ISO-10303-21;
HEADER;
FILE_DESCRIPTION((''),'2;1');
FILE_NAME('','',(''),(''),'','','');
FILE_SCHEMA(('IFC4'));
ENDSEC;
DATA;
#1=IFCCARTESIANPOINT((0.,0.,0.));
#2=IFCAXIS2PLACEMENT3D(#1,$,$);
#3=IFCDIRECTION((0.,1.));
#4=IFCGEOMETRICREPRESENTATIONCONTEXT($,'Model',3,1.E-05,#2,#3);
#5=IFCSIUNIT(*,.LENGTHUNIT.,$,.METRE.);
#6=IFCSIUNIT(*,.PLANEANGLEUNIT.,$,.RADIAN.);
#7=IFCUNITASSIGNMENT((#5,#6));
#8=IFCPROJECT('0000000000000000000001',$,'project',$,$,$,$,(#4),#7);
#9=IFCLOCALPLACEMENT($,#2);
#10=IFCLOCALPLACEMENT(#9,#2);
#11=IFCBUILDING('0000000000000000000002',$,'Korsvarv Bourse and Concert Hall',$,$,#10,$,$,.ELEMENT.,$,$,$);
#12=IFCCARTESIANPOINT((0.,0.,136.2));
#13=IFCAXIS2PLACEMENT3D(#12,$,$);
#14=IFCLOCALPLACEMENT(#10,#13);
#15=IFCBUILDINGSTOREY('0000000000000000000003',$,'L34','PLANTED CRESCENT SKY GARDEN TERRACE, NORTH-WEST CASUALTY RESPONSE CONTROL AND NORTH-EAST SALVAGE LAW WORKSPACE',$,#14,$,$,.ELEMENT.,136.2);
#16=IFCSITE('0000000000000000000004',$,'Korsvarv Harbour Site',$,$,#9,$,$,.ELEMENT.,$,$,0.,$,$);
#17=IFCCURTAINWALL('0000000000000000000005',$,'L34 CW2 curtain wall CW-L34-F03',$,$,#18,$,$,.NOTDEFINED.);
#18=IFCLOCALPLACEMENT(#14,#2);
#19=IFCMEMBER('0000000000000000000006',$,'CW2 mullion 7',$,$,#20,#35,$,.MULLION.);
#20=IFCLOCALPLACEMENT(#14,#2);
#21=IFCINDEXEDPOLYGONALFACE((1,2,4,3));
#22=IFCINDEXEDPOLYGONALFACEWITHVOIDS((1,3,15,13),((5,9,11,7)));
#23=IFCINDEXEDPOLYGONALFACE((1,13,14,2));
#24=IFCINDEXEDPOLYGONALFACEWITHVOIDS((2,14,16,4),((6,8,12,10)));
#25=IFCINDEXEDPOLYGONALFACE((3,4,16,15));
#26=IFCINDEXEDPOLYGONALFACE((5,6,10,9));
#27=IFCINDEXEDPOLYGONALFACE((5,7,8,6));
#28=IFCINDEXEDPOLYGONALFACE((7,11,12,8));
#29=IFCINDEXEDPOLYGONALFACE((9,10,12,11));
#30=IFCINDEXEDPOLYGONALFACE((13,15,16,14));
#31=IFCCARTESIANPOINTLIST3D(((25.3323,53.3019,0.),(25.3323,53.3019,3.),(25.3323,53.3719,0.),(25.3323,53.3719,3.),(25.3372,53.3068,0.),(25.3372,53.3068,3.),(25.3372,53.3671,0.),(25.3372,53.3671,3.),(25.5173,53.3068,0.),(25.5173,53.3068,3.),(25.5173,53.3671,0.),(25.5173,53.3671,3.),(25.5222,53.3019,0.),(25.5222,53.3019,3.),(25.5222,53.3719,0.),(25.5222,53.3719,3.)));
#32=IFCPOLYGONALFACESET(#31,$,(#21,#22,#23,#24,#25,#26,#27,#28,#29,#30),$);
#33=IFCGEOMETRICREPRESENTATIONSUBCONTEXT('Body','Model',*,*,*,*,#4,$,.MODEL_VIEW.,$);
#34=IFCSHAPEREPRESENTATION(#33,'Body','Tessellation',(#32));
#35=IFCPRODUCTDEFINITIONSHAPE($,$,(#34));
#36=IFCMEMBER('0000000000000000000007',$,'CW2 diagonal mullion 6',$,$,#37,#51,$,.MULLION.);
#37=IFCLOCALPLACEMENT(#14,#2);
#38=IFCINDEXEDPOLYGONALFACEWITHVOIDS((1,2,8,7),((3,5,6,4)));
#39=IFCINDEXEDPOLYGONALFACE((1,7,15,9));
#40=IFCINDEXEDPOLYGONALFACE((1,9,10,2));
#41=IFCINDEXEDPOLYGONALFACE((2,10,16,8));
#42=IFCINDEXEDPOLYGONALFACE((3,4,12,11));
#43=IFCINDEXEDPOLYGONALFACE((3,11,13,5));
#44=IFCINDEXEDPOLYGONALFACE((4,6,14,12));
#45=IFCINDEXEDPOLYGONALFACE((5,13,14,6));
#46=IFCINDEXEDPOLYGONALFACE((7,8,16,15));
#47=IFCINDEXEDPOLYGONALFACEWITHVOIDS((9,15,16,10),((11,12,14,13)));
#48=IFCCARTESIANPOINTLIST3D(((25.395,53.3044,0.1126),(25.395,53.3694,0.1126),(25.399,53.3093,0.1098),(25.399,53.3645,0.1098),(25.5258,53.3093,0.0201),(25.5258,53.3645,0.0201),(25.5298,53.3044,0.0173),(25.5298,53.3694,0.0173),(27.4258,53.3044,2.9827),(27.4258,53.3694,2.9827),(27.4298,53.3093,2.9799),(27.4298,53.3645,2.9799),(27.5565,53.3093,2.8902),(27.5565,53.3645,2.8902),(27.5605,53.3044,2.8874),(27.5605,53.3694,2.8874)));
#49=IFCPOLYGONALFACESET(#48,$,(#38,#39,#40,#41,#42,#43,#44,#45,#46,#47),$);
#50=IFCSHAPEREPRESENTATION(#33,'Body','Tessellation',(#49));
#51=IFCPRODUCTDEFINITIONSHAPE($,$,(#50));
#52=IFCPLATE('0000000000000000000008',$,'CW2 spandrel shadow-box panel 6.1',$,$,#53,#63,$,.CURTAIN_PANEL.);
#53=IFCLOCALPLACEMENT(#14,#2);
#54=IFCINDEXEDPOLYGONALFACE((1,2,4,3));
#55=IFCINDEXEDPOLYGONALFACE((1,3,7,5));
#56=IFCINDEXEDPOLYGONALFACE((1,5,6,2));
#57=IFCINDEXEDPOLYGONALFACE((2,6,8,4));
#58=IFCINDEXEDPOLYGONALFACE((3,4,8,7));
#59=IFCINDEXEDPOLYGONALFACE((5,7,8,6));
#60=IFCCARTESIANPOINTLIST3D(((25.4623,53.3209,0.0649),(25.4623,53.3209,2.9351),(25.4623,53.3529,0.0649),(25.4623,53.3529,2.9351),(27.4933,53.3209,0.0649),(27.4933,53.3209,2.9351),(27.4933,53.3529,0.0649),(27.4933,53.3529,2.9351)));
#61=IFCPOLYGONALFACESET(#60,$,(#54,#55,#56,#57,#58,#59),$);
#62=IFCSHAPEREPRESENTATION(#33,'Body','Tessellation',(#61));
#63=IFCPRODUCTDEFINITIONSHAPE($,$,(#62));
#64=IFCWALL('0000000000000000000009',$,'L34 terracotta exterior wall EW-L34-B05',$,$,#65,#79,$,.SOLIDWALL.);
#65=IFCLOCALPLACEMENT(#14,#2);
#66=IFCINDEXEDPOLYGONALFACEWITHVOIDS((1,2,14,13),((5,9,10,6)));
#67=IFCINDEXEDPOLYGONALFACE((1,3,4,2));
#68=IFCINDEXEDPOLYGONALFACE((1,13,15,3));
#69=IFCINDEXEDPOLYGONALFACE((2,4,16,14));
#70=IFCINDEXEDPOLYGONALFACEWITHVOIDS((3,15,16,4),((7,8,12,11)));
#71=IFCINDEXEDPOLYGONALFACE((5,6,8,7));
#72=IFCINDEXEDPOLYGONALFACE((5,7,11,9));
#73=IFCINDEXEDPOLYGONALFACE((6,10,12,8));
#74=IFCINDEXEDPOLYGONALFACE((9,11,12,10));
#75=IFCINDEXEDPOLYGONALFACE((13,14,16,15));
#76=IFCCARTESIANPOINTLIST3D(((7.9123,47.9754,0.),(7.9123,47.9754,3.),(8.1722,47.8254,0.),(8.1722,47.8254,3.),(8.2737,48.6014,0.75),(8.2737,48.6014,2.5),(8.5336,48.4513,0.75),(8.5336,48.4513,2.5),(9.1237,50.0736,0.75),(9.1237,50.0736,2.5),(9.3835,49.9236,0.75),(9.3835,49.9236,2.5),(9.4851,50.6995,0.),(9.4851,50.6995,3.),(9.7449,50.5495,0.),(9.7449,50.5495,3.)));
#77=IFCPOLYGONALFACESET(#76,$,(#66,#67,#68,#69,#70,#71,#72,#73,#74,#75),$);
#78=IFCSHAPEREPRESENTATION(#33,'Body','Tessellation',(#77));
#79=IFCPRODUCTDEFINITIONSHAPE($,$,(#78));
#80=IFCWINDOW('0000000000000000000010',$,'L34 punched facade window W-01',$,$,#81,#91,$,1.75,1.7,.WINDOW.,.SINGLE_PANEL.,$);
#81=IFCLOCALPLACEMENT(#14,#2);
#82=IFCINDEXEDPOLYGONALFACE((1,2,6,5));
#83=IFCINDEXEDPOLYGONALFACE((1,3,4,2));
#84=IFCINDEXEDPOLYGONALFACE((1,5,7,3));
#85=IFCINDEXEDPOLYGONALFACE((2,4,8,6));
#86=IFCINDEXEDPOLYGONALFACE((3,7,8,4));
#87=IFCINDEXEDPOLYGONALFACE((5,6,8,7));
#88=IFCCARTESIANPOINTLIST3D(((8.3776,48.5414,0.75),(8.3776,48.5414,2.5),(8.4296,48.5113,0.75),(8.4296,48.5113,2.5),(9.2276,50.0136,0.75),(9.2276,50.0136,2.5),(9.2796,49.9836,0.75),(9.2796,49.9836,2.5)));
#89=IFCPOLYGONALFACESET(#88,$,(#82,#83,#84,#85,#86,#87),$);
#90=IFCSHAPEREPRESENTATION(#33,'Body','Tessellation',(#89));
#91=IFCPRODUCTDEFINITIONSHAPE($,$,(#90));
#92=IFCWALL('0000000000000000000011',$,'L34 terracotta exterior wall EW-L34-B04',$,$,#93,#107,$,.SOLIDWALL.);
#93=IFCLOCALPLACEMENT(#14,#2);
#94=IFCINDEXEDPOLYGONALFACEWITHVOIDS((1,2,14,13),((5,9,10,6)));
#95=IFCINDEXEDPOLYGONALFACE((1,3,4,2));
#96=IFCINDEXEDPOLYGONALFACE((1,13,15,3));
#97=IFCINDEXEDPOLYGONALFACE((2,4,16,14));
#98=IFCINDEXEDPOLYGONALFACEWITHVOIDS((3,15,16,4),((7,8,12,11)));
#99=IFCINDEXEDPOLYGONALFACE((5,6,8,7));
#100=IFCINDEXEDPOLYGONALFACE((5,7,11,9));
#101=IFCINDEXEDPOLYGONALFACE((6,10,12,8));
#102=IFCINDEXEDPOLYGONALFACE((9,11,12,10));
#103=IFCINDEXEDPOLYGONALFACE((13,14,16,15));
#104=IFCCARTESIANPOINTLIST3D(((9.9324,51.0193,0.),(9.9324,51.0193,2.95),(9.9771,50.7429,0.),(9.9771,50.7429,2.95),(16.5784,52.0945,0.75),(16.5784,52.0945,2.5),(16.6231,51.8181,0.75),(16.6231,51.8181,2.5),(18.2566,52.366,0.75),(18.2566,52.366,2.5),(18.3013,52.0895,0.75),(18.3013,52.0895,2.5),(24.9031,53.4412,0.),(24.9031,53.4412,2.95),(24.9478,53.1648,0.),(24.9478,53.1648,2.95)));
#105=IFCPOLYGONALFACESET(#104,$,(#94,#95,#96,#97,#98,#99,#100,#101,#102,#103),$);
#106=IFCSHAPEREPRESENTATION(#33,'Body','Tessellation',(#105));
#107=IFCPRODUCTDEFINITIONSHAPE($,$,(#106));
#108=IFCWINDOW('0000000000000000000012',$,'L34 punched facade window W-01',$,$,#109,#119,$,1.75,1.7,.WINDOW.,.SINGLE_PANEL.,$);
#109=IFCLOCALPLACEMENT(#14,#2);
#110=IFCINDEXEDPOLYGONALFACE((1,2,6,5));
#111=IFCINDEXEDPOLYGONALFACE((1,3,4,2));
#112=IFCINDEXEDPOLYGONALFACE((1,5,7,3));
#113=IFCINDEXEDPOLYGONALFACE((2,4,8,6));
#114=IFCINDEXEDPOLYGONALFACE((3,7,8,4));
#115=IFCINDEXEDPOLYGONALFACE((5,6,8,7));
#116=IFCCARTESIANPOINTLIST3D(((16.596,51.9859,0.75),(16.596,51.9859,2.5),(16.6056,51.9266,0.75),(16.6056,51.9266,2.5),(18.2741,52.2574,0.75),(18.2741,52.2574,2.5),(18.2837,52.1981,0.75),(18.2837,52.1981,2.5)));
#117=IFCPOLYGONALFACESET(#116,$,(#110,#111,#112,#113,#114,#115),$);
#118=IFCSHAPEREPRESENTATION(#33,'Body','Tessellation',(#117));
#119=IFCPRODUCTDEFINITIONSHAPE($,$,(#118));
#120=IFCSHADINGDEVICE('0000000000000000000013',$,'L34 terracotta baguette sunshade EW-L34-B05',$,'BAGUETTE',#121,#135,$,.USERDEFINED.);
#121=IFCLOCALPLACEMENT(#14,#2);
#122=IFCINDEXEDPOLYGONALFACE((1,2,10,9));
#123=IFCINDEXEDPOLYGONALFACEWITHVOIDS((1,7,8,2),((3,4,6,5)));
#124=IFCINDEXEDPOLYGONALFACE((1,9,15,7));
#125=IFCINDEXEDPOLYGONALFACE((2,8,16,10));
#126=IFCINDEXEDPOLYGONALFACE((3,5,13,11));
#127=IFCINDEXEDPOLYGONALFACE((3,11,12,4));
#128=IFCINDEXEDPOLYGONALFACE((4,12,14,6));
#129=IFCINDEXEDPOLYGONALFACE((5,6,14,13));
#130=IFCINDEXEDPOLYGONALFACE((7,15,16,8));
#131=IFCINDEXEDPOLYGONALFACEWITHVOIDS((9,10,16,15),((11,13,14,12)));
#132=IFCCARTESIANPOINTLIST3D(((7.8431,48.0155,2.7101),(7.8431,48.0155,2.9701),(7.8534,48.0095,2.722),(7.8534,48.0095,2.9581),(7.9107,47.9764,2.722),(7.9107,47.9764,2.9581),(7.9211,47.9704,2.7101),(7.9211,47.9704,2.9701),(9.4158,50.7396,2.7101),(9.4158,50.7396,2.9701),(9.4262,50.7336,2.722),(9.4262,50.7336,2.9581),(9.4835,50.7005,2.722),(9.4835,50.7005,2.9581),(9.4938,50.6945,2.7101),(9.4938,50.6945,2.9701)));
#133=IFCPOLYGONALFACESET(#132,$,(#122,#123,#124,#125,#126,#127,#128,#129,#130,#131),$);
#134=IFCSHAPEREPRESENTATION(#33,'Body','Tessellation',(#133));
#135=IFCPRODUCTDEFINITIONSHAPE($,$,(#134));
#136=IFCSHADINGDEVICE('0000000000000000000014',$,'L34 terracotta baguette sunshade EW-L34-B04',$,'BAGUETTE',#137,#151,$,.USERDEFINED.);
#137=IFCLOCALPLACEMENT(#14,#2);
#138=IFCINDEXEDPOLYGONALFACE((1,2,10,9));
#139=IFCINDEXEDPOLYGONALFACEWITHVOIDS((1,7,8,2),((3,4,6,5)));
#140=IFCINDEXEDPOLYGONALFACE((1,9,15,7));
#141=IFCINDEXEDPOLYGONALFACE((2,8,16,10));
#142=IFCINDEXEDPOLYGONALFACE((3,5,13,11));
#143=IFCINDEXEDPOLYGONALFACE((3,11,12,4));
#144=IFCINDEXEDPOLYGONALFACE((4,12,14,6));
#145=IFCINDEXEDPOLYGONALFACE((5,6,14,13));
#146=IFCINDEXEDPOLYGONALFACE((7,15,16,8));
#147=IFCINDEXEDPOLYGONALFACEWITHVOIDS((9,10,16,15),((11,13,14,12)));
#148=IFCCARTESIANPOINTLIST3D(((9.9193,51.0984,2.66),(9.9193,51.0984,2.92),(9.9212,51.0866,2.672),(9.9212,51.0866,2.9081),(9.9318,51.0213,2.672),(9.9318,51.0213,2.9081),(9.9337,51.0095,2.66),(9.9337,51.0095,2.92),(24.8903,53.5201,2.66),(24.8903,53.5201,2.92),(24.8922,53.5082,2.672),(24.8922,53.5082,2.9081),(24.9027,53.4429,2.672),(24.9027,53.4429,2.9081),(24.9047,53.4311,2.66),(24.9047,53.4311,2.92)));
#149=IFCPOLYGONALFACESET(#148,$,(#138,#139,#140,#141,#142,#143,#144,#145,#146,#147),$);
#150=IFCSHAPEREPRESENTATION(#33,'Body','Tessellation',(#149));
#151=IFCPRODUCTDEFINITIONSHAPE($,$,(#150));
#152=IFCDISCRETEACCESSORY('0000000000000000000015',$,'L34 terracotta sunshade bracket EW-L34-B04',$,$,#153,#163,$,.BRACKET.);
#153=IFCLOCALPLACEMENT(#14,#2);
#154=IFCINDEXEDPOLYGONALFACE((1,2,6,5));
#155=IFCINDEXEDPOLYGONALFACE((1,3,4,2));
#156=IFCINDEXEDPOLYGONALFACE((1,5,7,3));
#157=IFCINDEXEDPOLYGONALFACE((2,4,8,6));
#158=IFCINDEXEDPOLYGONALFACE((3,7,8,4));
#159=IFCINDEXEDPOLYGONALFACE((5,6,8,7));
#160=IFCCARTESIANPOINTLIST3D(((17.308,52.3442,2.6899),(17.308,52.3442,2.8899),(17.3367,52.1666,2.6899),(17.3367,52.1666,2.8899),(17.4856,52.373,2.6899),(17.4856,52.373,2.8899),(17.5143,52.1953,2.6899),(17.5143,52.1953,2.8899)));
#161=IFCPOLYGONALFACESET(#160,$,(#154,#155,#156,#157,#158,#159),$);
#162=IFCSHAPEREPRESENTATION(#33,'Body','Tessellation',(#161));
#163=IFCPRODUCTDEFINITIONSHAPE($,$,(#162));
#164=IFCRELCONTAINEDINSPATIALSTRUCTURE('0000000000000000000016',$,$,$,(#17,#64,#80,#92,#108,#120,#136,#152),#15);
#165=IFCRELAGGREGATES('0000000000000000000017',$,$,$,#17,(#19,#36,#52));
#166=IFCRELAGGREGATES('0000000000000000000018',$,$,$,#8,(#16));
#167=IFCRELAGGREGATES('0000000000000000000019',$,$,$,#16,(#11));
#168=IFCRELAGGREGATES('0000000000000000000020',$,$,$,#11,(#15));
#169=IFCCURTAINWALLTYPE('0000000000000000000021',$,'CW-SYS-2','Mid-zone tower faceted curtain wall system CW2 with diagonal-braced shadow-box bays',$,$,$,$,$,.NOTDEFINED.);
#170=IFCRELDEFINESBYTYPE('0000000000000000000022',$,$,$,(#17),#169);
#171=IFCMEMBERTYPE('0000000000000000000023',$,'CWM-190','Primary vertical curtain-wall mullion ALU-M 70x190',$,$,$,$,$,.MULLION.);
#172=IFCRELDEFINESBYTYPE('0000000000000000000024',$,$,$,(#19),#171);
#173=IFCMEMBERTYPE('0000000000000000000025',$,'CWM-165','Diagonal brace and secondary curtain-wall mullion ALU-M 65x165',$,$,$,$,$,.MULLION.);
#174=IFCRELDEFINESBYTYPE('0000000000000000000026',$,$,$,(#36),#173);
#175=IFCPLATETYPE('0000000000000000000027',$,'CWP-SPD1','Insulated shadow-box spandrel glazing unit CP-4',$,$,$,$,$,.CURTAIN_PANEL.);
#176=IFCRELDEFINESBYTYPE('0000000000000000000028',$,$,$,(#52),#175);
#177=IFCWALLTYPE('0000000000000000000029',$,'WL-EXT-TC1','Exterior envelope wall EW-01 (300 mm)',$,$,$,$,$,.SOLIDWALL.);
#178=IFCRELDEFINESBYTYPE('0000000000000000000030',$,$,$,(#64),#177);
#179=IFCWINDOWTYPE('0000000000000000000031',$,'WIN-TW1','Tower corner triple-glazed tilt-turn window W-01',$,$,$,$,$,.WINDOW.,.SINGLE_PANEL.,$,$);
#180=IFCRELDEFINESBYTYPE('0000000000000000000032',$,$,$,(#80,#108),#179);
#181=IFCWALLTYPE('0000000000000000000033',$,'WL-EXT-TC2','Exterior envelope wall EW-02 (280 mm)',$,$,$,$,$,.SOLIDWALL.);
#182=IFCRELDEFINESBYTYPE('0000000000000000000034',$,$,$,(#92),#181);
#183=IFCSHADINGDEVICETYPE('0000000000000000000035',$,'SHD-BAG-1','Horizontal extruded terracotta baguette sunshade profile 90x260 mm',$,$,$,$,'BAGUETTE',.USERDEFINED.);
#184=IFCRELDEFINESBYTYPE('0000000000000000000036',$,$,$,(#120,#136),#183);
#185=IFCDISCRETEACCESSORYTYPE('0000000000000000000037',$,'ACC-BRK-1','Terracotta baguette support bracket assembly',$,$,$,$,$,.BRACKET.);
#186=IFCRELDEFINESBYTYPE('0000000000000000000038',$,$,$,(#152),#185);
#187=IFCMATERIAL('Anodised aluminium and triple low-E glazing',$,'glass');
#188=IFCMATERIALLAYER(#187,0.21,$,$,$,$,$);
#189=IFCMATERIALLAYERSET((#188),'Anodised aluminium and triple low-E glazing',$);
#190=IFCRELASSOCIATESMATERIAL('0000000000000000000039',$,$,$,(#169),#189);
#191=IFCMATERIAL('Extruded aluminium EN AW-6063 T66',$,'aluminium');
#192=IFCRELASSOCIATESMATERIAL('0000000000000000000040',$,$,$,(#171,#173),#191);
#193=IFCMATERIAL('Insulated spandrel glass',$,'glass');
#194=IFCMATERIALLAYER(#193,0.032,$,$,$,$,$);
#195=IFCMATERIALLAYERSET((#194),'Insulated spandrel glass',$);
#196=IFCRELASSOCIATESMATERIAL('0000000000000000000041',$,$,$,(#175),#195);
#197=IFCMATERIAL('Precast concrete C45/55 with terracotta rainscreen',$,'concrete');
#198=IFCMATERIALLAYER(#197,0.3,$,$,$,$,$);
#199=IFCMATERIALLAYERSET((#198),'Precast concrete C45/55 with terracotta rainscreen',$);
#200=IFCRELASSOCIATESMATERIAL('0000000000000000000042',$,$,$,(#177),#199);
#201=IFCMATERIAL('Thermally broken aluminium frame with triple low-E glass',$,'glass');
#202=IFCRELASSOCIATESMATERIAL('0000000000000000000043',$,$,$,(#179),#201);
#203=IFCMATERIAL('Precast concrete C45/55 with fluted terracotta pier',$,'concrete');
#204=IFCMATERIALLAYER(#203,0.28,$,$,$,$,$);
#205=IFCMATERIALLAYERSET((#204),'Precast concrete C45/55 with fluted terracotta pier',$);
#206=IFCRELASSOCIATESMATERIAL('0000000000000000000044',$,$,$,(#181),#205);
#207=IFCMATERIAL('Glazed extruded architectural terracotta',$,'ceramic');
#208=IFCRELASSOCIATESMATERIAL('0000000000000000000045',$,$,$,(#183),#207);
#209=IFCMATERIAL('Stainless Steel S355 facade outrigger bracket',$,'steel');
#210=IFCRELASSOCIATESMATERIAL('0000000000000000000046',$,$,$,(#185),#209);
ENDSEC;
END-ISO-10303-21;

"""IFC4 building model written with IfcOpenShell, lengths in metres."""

from ifc_helpers import new_model, si_unit, direction, frame, frame_2d, origin, origin_2d, place, context, subcontext, project, spatial, rectangle, hollow_rectangle, extrude, source, transform, mapped, material, layer, layer_set, material_profile, profile_set, type_object, element, fill, aggregate, save


model = new_model("IFC4")

# Units and contexts
model_context = context("Model", 3, precision=1e-05, world=origin(), true_north=direction((0.0, 1.0)))
body_context = subcontext(model_context, "Body", "Model", "MODEL_VIEW")
ifc_project = project(units=[si_unit("LENGTHUNIT", "METRE"), si_unit("PLANEANGLEUNIT", "RADIAN")], contexts=[model_context])

# Site, building, storey
site_placement = place(None, origin())
site = spatial("IfcSite", under=ifc_project, at=site_placement, Name="Korsvarv Harbour Site", CompositionType="ELEMENT", RefElevation=0.0)
building_placement = place(site_placement, origin())
building = spatial("IfcBuilding", under=site, at=building_placement, Name="Korsvarv Bourse and Concert Hall", CompositionType="ELEMENT")
storey_placement = place(building_placement, frame((0.0, 0.0, 136.2)))
storey = spatial("IfcBuildingStorey", under=building, at=storey_placement, Name="L34", Description="PLANTED CRESCENT SKY GARDEN TERRACE, NORTH-WEST CASUALTY RESPONSE CONTROL AND NORTH-EAST SALVAGE LAW WORKSPACE", CompositionType="ELEMENT", Elevation=136.2)

# Curtain wall, members, plate
ifc_material_1 = material(Name="Anodised aluminium and triple low-E glazing", Category="glass")
ifc_layer_1 = layer(ifc_material_1, 0.21)
ifc_layer_set_1 = layer_set([ifc_layer_1], Name="Anodised aluminium and triple low-E glazing")
curtain_wall_type = type_object("IfcCurtainWallType", Name="CW-SYS-2", Description="Mid-zone tower faceted curtain wall system CW2 with diagonal-braced shadow-box bays", PredefinedType="NOTDEFINED", material=ifc_layer_set_1)
curtain_wall_placement = place(storey_placement, origin())
curtain_wall = element("IfcCurtainWall", 1, at=curtain_wall_placement, inside=storey, type_object=curtain_wall_type, Name="L34 CW2 curtain wall CW-L34-F03", PredefinedType="NOTDEFINED")
ifc_material_2 = material(Name="Extruded aluminium EN AW-6063 T66", Category="aluminium")
ifc_material_profile_1 = material_profile(ifc_material_2, hollow_rectangle(XDim=0.0701, YDim=0.1899, WallThickness=0.0049, at=origin_2d()), Name="ALU-M 70x190")
ifc_profile_set_1 = profile_set([ifc_material_profile_1], Name="Extruded aluminium EN AW-6063 T66")
member_type_1 = type_object("IfcMemberType", Name="CWM-190", Description="Primary vertical curtain-wall mullion ALU-M 70x190", PredefinedType="MULLION", material=ifc_profile_set_1)
shared_shape_1 = source(origin(), body_context, "Body", "SweptSolid", [
    extrude(hollow_rectangle(XDim=0.0701, YDim=0.1899, WallThickness=0.0049, at=origin_2d()), origin(), (0.0, 0.0, 1.0), 3.0),
])
member_1_placement = place(storey_placement, frame((25.4272, 53.3369, 0.0), z_axis=(0.0, 0.0, 1.0), x_axis=(0.0, -1.0, 0.0)))
member_1 = element("IfcMember", 2, at=member_1_placement, type_object=member_type_1, Name="CW2 mullion 7", PredefinedType="MULLION", context=body_context, shape_type="MappedRepresentation", body=[
    mapped(shared_shape_1, transform((0.0, 0.0, 0.0), scale=1.0)),
])
ifc_material_profile_2 = material_profile(ifc_material_2, hollow_rectangle(XDim=0.0649, YDim=0.165, WallThickness=0.0049, at=origin_2d()), Name="ALU-M 65x165")
ifc_profile_set_2 = profile_set([ifc_material_profile_2], Name="Extruded aluminium EN AW-6063 T66")
member_type_2 = type_object("IfcMemberType", Name="CWM-165", Description="Diagonal brace and secondary curtain-wall mullion ALU-M 65x165", PredefinedType="MULLION", material=ifc_profile_set_2)
shared_shape_2 = source(origin(), body_context, "Body", "SweptSolid", [
    extrude(hollow_rectangle(XDim=0.0649, YDim=0.165, WallThickness=0.0049, at=origin_2d()), origin(), (0.0, 0.0, 1.0), 3.5159),
])
member_2_placement = place(storey_placement, frame((25.4624, 53.3369, 0.0649), z_axis=(0.577593, 0.0, 0.816325), x_axis=(0.0, 1.0, 0.0)))
member_2 = element("IfcMember", 3, at=member_2_placement, type_object=member_type_2, Name="CW2 diagonal mullion 6", PredefinedType="MULLION", context=body_context, shape_type="MappedRepresentation", body=[
    mapped(shared_shape_2, transform((0.0, 0.0, 0.0), scale=1.0)),
])
ifc_material_3 = material(Name="Insulated spandrel glass", Category="glass")
ifc_layer_2 = layer(ifc_material_3, 0.032)
ifc_layer_set_2 = layer_set([ifc_layer_2], Name="Insulated spandrel glass")
plate_type = type_object("IfcPlateType", Name="CWP-SPD1", Description="Insulated shadow-box spandrel glazing unit CP-4", PredefinedType="CURTAIN_PANEL", material=ifc_layer_set_2)
shared_shape_3 = source(origin(), body_context, "Body", "SweptSolid", [
    extrude(rectangle(XDim=2.031, YDim=0.032, at=origin_2d()), origin(), (0.0, 0.0, 1.0), 2.8701),
])
plate_placement = place(storey_placement, frame((26.4778, 53.3369, 0.0649), z_axis=(0.0, 0.0, 1.0), x_axis=(-1.0, 0.0, 0.0)))
plate = element("IfcPlate", 4, at=plate_placement, type_object=plate_type, Name="CW2 spandrel shadow-box panel 6.1", PredefinedType="CURTAIN_PANEL", context=body_context, shape_type="MappedRepresentation", body=[
    mapped(shared_shape_3, transform((0.0, 0.0, 0.0), scale=1.0)),
])
aggregate(curtain_wall, [member_1, member_2, plate])

# Walls, openings, windows
ifc_material_4 = material(Name="Precast concrete C45/55 with terracotta rainscreen", Category="concrete")
ifc_layer_3 = layer(ifc_material_4, 0.3)
ifc_layer_set_3 = layer_set([ifc_layer_3], Name="Precast concrete C45/55 with terracotta rainscreen")
wall_type_1 = type_object("IfcWallType", Name="WL-EXT-TC1", Description="Exterior envelope wall EW-01 (300 mm)", PredefinedType="SOLIDWALL", material=ifc_layer_set_3)
wall_1_placement = place(storey_placement, frame((9.615, 50.6245, 0.0), z_axis=(0.0, 0.0, 1.0), x_axis=(-0.499996, -0.866028, 0.0)))
wall_1 = element("IfcWall", 5, at=wall_1_placement, inside=storey, type_object=wall_type_1, Name="L34 terracotta exterior wall EW-L34-B05", PredefinedType="SOLIDWALL", context=body_context, shape_type="SweptSolid", body=[
    extrude(rectangle(XDim=3.1455, YDim=0.3, at=frame_2d((1.5728, 0.0))), origin(), (0.0, 0.0, 1.0), 3.0),
])
opening_1_placement = place(wall_1_placement, frame((0.7227, 0.0, 0.75)))
opening_1 = element("IfcOpeningElement", 6, at=opening_1_placement, cuts=wall_1, PredefinedType="OPENING", context=body_context, shape_type="SweptSolid", body=[
    extrude(rectangle(XDim=1.7, YDim=1.75, at=frame_2d((0.8501, 0.875))), frame((0.0, 0.1602, 0.0), z_axis=(0.0, -1.0, 0.0), x_axis=(1.0, 0.0, 0.0)), (0.0, 0.0, 1.0), 0.3201),
])
ifc_material_5 = material(Name="Thermally broken aluminium frame with triple low-E glass", Category="glass")
window_type = type_object("IfcWindowType", Name="WIN-TW1", Description="Tower corner triple-glazed tilt-turn window W-01", PartitioningType="SINGLE_PANEL", PredefinedType="WINDOW", material=ifc_material_5)
window_1_placement = place(opening_1_placement, origin())
window_1 = element("IfcWindow", 7, at=window_1_placement, inside=storey, type_object=window_type, Name="L34 punched facade window W-01", OverallHeight=1.75, OverallWidth=1.7, PartitioningType="SINGLE_PANEL", PredefinedType="WINDOW", context=body_context, shape_type="SweptSolid", body=[
    extrude(rectangle(XDim=1.7, YDim=1.75, at=frame_2d((0.8501, 0.875))), frame((0.0, 0.03, 0.0), z_axis=(0.0, -1.0, 0.0), x_axis=(1.0, 0.0, 0.0)), (0.0, 0.0, 1.0), 0.0601),
])
fill(opening_1, window_1)
ifc_material_6 = material(Name="Precast concrete C45/55 with fluted terracotta pier", Category="concrete")
ifc_layer_4 = layer(ifc_material_6, 0.28)
ifc_layer_set_4 = layer_set([ifc_layer_4], Name="Precast concrete C45/55 with fluted terracotta pier")
wall_type_2 = type_object("IfcWallType", Name="WL-EXT-TC2", Description="Exterior envelope wall EW-02 (280 mm)", PredefinedType="SOLIDWALL", material=ifc_layer_set_4)
wall_2_placement = place(storey_placement, frame((24.9253, 53.303, 0.0), z_axis=(0.0, 0.0, 1.0), x_axis=(-0.987166, -0.159698, 0.0)))
wall_2 = element("IfcWall", 8, at=wall_2_placement, inside=storey, type_object=wall_type_2, Name="L34 terracotta exterior wall EW-L34-B04", PredefinedType="SOLIDWALL", context=body_context, shape_type="SweptSolid", body=[
    extrude(rectangle(XDim=15.1653, YDim=0.28, at=frame_2d((7.5825, 0.0))), origin(), (0.0, 0.0, 1.0), 2.95),
])
opening_2_placement = place(wall_2_placement, frame((6.7327, 0.0, 0.75)))
opening_2 = element("IfcOpeningElement", 9, at=opening_2_placement, cuts=wall_2, PredefinedType="OPENING", context=body_context, shape_type="SweptSolid", body=[
    extrude(rectangle(XDim=1.7, YDim=1.75, at=frame_2d((0.8501, 0.875))), frame((0.0, 0.1499, 0.0), z_axis=(0.0, -1.0, 0.0), x_axis=(1.0, 0.0, 0.0)), (0.0, 0.0, 1.0), 0.3),
])
window_2_placement = place(opening_2_placement, origin())
window_2 = element("IfcWindow", 10, at=window_2_placement, inside=storey, type_object=window_type, Name="L34 punched facade window W-01", OverallHeight=1.75, OverallWidth=1.7, PartitioningType="SINGLE_PANEL", PredefinedType="WINDOW", context=body_context, shape_type="SweptSolid", body=[
    extrude(rectangle(XDim=1.7, YDim=1.75, at=frame_2d((0.8501, 0.875))), frame((0.0, 0.03, 0.0), z_axis=(0.0, -1.0, 0.0), x_axis=(1.0, 0.0, 0.0)), (0.0, 0.0, 1.0), 0.0601),
])
fill(opening_2, window_2)

# Shading devices
ifc_material_7 = material(Name="Glazed extruded architectural terracotta", Category="ceramic")
ifc_material_profile_3 = material_profile(ifc_material_7, hollow_rectangle(XDim=0.0901, YDim=0.26, WallThickness=0.012, at=origin_2d()), Name="TC-BAG 90x260")
ifc_profile_set_3 = profile_set([ifc_material_profile_3], Name="Glazed extruded architectural terracotta")
shading_device_type = type_object("IfcShadingDeviceType", Name="SHD-BAG-1", Description="Horizontal extruded terracotta baguette sunshade profile 90x260 mm", ElementType="BAGUETTE", PredefinedType="USERDEFINED", material=ifc_profile_set_3)
shared_shape_4 = source(origin(), body_context, "Body", "SweptSolid", [
    extrude(hollow_rectangle(XDim=0.0901, YDim=0.26, WallThickness=0.012, at=origin_2d()), origin(), (0.0, 0.0, 1.0), 3.1455),
])
shading_device_1_placement = place(storey_placement, frame((9.4548, 50.717, 2.8401), z_axis=(-0.499996, -0.866028, 0.0), x_axis=(0.866028, -0.499996, 0.0)))
element("IfcShadingDevice", 11, at=shading_device_1_placement, inside=storey, type_object=shading_device_type, Name="L34 terracotta baguette sunshade EW-L34-B05", ObjectType="BAGUETTE", PredefinedType="USERDEFINED", context=body_context, shape_type="MappedRepresentation", body=[
    mapped(shared_shape_4, transform((0.0, 0.0, 0.0), scale=1.0)),
])
shared_shape_5 = source(origin(), body_context, "Body", "SweptSolid", [
    extrude(hollow_rectangle(XDim=0.0901, YDim=0.26, WallThickness=0.012, at=origin_2d()), origin(), (0.0, 0.0, 1.0), 15.1655),
])
shading_device_2_placement = place(storey_placement, frame((24.8975, 53.4756, 2.79), z_axis=(-0.987169, -0.15968, 0.0), x_axis=(0.15968, -0.987169, 0.0)))
element("IfcShadingDevice", 12, at=shading_device_2_placement, inside=storey, type_object=shading_device_type, Name="L34 terracotta baguette sunshade EW-L34-B04", ObjectType="BAGUETTE", PredefinedType="USERDEFINED", context=body_context, shape_type="MappedRepresentation", body=[
    mapped(shared_shape_5, transform((0.0, 0.0, 0.0), scale=1.0)),
])

# Discrete accessory
ifc_material_8 = material(Name="Stainless Steel S355 facade outrigger bracket", Category="steel")
discrete_accessory_type = type_object("IfcDiscreteAccessoryType", Name="ACC-BRK-1", Description="Terracotta baguette support bracket assembly", PredefinedType="BRACKET", material=ifc_material_8)
shared_shape_6 = source(origin(), body_context, "Body", "SweptSolid", [
    extrude(rectangle(XDim=0.1799, YDim=0.1799, at=origin_2d()), origin(), (0.0, 0.0, 1.0), 0.2),
])
for number, where, z_axis, x_axis, name in (
    (13, (17.4111, 52.2698, 2.6899), (0.0, 0.0, 1.0), (-0.987164, -0.159709, 0.0), "L34 terracotta sunshade bracket EW-L34-B04"),
):
    element("IfcDiscreteAccessory", number, at=place(storey_placement, frame(where, z_axis=z_axis, x_axis=x_axis)), inside=storey, type_object=discrete_accessory_type, Name=name, PredefinedType="BRACKET", context=body_context, shape_type="MappedRepresentation", body=[
        mapped(shared_shape_6, transform((0.0, 0.0, 0.0), scale=1.0)),
    ])

save(model, "model.ifc")
